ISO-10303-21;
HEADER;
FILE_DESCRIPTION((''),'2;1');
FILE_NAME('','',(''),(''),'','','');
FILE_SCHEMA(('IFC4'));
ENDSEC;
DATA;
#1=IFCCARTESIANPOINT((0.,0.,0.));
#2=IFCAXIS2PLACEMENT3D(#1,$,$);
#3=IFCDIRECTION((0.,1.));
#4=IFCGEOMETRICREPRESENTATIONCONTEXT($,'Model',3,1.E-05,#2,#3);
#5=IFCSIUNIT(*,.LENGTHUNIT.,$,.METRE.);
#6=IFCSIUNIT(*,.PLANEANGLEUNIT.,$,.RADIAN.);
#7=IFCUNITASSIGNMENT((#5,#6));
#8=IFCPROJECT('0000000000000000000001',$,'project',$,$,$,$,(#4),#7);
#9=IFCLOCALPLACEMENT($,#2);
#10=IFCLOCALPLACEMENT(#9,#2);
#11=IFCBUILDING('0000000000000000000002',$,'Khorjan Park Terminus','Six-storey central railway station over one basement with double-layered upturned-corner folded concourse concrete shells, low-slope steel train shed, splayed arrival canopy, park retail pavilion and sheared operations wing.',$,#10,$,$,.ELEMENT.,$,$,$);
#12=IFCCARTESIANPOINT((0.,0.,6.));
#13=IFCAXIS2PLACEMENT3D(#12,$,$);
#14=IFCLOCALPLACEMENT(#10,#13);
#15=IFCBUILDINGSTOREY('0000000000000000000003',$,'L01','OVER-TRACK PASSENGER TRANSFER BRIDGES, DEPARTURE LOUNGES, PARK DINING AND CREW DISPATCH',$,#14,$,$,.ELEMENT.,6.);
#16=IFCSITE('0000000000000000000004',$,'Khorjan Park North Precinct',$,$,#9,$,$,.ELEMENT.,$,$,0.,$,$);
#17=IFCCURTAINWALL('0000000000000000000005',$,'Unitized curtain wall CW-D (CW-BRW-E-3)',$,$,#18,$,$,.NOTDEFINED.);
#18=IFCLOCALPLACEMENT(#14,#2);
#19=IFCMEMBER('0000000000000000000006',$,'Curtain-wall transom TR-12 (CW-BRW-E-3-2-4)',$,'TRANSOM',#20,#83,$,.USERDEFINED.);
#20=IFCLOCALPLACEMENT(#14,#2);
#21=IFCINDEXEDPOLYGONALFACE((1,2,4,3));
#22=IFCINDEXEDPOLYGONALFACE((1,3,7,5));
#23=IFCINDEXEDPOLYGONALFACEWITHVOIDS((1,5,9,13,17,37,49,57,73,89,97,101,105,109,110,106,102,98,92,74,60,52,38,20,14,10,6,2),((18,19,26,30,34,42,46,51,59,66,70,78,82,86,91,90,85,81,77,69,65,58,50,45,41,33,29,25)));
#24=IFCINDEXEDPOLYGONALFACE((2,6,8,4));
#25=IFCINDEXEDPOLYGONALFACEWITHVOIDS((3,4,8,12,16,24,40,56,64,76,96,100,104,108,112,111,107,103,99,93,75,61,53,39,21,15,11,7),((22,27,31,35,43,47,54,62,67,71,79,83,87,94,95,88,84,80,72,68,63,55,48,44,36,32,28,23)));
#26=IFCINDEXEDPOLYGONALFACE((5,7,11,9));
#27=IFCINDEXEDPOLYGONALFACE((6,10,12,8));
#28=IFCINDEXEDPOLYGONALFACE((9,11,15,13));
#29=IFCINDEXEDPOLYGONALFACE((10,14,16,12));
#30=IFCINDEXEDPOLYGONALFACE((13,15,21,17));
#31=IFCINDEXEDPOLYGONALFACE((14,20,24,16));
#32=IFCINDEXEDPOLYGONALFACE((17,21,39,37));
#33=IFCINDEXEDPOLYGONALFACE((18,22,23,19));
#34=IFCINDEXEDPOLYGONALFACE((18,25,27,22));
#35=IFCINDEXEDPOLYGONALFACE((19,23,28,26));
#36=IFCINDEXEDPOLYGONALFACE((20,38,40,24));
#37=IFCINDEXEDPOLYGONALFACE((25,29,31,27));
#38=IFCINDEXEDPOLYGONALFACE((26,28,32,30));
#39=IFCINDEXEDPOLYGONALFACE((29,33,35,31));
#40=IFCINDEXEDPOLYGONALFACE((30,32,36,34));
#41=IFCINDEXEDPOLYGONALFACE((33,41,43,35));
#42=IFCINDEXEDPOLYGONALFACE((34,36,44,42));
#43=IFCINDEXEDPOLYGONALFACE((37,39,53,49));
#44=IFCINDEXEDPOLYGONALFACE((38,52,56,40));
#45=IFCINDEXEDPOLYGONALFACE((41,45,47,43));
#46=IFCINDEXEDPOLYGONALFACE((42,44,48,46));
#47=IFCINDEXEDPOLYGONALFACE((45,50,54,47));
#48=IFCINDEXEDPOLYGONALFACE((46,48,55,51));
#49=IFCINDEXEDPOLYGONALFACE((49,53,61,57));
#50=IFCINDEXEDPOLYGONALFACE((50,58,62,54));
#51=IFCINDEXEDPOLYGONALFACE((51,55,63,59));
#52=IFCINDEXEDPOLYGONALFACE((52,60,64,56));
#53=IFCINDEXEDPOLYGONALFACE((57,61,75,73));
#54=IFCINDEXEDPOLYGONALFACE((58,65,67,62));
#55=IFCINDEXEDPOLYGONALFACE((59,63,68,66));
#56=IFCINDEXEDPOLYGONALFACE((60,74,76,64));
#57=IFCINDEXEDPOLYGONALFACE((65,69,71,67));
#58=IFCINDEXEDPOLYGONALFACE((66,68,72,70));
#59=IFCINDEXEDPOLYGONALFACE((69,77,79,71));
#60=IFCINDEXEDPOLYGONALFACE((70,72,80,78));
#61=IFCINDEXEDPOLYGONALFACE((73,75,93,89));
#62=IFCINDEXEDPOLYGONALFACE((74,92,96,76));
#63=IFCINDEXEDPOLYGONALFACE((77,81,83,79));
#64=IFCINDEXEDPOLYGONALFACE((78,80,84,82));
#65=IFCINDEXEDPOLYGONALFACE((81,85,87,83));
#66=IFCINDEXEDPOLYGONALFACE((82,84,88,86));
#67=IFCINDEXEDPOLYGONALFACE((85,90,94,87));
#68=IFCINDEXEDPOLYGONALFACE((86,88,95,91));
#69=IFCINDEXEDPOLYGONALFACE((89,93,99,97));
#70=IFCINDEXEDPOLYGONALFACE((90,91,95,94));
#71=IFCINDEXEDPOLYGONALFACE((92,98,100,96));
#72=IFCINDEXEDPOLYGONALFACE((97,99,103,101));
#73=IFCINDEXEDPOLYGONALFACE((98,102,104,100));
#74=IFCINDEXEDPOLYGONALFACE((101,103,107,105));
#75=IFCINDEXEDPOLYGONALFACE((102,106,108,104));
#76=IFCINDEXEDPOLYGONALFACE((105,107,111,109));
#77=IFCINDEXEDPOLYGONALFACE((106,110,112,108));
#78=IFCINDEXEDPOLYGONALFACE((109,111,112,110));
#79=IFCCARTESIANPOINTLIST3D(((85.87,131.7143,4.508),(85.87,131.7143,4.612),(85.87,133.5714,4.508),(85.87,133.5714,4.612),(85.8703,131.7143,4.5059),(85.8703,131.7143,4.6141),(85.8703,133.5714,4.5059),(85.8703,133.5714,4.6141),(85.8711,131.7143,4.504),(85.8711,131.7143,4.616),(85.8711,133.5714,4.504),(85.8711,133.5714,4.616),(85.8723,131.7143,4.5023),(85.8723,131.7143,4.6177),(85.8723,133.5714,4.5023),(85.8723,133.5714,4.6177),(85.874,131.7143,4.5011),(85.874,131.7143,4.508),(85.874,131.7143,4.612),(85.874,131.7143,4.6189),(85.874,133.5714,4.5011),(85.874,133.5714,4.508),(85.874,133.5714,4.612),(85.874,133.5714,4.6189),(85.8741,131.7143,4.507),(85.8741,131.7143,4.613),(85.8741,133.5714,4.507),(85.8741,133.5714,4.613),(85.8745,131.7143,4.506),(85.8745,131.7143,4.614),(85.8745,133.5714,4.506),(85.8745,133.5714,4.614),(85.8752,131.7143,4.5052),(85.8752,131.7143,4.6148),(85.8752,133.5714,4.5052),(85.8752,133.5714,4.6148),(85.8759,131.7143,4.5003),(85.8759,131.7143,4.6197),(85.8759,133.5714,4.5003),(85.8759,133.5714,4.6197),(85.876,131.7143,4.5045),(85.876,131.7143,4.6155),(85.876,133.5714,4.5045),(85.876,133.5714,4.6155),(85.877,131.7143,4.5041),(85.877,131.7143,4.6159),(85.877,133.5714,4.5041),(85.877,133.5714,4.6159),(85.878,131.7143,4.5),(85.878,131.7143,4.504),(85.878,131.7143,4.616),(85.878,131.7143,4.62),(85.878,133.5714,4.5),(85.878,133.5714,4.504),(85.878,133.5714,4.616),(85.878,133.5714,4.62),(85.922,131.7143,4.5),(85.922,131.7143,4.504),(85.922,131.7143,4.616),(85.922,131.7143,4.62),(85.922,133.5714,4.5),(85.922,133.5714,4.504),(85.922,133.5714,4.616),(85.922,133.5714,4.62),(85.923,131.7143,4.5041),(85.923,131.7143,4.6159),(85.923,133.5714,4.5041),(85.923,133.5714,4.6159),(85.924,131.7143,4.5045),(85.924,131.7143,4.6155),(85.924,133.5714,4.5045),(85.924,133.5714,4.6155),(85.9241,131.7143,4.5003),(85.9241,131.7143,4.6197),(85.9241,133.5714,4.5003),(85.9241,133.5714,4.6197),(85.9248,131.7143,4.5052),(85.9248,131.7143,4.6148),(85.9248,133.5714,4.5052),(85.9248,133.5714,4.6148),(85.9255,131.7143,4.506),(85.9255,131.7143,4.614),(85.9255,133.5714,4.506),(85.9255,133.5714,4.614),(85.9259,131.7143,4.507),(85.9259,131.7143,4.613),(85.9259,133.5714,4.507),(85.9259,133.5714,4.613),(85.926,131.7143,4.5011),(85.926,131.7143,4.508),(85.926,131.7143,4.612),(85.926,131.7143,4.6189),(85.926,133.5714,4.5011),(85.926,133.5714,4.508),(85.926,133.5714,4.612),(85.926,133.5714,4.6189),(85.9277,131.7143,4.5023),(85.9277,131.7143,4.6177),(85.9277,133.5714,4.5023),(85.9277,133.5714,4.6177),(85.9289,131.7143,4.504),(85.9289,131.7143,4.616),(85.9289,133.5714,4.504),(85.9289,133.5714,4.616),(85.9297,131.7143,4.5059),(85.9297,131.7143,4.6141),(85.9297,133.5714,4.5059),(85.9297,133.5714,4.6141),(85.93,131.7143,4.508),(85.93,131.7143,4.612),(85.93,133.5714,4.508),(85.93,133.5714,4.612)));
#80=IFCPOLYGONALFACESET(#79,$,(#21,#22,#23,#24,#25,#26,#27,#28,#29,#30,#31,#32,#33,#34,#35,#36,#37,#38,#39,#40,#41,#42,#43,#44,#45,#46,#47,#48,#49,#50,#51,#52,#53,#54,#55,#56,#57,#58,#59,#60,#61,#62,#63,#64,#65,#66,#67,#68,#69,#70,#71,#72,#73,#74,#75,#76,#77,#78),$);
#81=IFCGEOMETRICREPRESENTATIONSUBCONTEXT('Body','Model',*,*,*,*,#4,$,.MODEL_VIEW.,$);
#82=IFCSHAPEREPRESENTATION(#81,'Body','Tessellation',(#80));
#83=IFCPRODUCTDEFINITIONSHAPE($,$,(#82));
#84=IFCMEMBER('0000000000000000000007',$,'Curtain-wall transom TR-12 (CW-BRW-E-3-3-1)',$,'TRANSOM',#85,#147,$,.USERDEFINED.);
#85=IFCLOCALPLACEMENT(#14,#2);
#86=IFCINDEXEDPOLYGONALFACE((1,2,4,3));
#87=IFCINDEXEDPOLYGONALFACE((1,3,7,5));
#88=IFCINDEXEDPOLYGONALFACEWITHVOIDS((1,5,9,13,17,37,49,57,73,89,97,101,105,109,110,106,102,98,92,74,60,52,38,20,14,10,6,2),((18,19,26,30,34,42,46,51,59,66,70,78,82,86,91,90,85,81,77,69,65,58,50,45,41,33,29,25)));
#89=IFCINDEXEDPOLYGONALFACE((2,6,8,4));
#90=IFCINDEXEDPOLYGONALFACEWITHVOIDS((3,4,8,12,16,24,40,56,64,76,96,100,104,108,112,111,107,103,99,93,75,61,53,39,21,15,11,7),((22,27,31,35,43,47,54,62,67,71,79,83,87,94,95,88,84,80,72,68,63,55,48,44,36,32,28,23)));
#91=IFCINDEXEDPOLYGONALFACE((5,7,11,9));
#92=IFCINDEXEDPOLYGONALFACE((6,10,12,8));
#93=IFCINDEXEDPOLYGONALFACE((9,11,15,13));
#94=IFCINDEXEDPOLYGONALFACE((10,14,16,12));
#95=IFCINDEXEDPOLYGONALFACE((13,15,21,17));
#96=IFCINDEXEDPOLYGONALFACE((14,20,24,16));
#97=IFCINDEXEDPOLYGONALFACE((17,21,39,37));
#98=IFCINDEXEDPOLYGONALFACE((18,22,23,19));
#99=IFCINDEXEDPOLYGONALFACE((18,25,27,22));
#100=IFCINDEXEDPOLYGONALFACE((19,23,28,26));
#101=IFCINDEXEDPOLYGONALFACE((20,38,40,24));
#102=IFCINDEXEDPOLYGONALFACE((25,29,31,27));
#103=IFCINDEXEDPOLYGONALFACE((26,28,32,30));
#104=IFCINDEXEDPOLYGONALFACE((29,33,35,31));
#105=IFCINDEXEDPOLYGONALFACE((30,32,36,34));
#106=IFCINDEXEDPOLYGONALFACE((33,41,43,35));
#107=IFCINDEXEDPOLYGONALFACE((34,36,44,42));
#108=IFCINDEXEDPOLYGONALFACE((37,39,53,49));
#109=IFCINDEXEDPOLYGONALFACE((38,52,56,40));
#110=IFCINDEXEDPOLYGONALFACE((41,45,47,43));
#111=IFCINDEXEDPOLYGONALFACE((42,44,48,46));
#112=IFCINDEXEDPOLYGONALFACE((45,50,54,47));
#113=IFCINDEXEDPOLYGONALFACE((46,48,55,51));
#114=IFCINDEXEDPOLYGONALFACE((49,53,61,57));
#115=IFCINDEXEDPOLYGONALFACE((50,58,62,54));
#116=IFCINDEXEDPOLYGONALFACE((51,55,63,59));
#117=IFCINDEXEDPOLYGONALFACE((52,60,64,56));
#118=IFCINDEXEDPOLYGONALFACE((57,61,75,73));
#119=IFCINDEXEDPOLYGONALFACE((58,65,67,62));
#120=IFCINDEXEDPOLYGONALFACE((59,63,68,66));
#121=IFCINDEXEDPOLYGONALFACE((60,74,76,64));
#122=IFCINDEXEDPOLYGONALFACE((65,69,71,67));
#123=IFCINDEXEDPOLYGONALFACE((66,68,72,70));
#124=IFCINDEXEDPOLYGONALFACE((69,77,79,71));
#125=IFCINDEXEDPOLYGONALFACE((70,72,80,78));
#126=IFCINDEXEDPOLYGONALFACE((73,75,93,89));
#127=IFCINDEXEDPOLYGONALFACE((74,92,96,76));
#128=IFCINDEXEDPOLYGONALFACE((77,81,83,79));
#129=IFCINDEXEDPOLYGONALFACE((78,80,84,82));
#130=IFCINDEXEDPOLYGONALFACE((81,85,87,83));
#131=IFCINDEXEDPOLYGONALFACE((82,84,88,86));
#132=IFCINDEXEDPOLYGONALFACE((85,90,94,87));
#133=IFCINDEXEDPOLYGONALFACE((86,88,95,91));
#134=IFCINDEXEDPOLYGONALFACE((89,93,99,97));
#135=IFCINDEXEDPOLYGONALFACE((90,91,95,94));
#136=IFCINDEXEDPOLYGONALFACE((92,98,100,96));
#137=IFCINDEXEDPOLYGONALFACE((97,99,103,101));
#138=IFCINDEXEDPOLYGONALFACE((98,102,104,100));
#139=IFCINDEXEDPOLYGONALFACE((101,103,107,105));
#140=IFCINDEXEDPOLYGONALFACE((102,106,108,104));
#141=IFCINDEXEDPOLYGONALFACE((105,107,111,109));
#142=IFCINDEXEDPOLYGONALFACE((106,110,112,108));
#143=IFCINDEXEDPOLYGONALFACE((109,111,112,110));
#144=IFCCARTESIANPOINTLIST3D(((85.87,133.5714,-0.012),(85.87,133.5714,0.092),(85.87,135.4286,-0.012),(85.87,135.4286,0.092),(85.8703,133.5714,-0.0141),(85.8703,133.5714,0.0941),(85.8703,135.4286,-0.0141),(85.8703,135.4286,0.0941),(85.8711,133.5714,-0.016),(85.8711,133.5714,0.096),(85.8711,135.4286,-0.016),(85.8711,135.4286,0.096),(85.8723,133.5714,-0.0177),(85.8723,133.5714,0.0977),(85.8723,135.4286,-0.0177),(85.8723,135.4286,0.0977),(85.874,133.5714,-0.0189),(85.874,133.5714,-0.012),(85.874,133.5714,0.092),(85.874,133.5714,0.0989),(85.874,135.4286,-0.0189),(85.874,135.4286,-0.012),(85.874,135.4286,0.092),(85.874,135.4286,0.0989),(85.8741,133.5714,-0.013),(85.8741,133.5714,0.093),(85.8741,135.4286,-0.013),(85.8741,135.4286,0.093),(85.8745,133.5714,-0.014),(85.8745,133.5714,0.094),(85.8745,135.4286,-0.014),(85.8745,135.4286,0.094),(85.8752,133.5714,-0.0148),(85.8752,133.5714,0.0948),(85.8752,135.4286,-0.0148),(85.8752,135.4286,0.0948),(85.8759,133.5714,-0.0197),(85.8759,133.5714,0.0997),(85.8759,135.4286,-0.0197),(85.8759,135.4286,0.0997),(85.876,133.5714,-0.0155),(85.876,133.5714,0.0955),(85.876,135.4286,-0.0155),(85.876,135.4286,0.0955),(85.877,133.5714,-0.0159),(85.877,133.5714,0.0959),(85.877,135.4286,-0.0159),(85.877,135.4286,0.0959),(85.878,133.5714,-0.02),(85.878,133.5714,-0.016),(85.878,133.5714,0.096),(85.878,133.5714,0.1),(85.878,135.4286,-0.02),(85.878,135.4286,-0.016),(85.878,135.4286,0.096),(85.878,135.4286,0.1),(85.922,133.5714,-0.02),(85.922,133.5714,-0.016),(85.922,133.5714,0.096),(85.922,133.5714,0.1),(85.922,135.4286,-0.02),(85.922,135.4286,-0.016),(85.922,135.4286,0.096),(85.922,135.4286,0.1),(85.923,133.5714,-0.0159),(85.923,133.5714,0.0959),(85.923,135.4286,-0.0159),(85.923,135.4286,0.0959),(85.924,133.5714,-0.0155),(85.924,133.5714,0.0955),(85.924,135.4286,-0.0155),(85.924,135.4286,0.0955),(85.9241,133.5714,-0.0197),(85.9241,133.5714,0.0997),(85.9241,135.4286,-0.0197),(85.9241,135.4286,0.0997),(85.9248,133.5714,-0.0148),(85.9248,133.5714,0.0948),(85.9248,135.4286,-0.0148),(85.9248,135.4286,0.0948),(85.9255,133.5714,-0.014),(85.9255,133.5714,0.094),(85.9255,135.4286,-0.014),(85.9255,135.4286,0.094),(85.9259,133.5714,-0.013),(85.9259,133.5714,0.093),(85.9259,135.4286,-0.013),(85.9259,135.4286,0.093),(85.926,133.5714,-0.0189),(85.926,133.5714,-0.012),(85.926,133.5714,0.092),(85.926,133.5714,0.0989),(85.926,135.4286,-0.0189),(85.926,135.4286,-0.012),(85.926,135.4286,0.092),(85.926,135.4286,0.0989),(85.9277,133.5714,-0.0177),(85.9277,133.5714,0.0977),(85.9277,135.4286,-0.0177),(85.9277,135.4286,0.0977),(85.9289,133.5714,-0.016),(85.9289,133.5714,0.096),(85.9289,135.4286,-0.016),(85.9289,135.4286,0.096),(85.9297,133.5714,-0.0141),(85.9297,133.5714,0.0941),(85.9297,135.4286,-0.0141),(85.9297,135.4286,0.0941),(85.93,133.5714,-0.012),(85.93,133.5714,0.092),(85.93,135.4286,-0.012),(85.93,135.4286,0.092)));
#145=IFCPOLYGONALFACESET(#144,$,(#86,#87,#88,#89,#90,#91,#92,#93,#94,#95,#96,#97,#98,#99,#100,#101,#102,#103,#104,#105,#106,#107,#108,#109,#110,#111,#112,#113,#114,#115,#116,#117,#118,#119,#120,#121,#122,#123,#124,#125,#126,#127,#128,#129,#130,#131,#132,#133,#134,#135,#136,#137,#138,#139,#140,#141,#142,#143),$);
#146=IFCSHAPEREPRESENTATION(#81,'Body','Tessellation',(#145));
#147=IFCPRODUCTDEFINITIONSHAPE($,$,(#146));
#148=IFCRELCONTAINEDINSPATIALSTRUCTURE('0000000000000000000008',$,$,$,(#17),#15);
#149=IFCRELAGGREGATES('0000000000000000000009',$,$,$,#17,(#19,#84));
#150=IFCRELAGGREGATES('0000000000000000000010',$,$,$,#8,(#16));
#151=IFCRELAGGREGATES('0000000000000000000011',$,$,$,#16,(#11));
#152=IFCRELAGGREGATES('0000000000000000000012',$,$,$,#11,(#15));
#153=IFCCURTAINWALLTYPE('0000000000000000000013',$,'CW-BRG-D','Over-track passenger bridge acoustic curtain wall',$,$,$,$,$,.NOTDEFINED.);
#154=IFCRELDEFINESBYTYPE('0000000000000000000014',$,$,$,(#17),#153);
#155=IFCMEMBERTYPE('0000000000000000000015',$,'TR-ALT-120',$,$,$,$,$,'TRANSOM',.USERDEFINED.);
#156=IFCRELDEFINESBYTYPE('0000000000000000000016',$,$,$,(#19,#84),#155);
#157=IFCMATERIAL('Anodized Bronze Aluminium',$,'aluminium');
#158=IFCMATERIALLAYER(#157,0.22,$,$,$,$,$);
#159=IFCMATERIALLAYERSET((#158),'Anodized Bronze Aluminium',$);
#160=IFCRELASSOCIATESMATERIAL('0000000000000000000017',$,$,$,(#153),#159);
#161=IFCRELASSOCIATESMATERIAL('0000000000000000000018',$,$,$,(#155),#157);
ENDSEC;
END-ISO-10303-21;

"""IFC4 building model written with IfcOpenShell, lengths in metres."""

from ifc_helpers import new_model, si_unit, direction, frame, origin, origin_2d, place, context, subcontext, project, spatial, hollow_rectangle, extrude, material, layer, layer_set, material_profile, profile_set, type_object, element, aggregate, save


model = new_model("IFC4")

# Units and contexts
model_context = context("Model", 3, precision=1e-05, world=origin(), true_north=direction((0.0, 1.0)))
body_context = subcontext(model_context, "Body", "Model", "MODEL_VIEW")
ifc_project = project(units=[si_unit("LENGTHUNIT", "METRE"), si_unit("PLANEANGLEUNIT", "RADIAN")], contexts=[model_context])

# Site, building, storey
site_placement = place(None, origin())
site = spatial("IfcSite", under=ifc_project, at=site_placement, Name="Khorjan Park North Precinct", CompositionType="ELEMENT", RefElevation=0.0)
building_placement = place(site_placement, origin())
building = spatial("IfcBuilding", under=site, at=building_placement, Name="Khorjan Park Terminus", Description="Six-storey central railway station over one basement with double-layered upturned-corner folded concourse concrete shells, low-slope steel train shed, splayed arrival canopy, park retail pavilion and sheared operations wing.", CompositionType="ELEMENT")
storey_placement = place(building_placement, frame((0.0, 0.0, 6.0)))
storey = spatial("IfcBuildingStorey", under=building, at=storey_placement, Name="L01", Description="OVER-TRACK PASSENGER TRANSFER BRIDGES, DEPARTURE LOUNGES, PARK DINING AND CREW DISPATCH", CompositionType="ELEMENT", Elevation=6.0)

# Shared definitions
ifc_material_1 = material(Name="Anodized Bronze Aluminium", Category="aluminium")
ifc_layer_1 = layer(ifc_material_1, 0.22)
ifc_layer_set_1 = layer_set([ifc_layer_1], Name="Anodized Bronze Aluminium")
curtain_wall_type = type_object("IfcCurtainWallType", Name="CW-BRG-D", Description="Over-track passenger bridge acoustic curtain wall", PredefinedType="NOTDEFINED", material=ifc_layer_set_1)

# Curtain wall
curtain_wall_1_placement = place(storey_placement, origin())
curtain_wall_1 = element("IfcCurtainWall", 1, at=curtain_wall_1_placement, inside=storey, type_object=curtain_wall_type, Name="Unitized curtain wall CW-D (CW-BRW-E-3)", PredefinedType="NOTDEFINED")

# Members
ifc_material_profile_1 = material_profile(ifc_material_1, hollow_rectangle(XDim=0.06, YDim=0.12, WallThickness=0.004, InnerFilletRadius=0.004, OuterFilletRadius=0.008, at=origin_2d()), Name="ALT 60x120x4")
ifc_profile_set_1 = profile_set([ifc_material_profile_1], Name="Anodized Bronze Aluminium")
member_type_1 = type_object("IfcMemberType", Name="TR-ALT-120", ElementType="TRANSOM", PredefinedType="USERDEFINED", material=ifc_profile_set_1)
member_1_placement = place(storey_placement, frame((85.9, 131.7143, 4.56), z_axis=(0.0, 1.0, 0.0), x_axis=(-1.0, 0.0, 0.0)))
member_1 = element("IfcMember", 2, at=member_1_placement, type_object=member_type_1, Name="Curtain-wall transom TR-12 (CW-BRW-E-3-2-4)", ObjectType="TRANSOM", PredefinedType="USERDEFINED", context=body_context, shape_type="SweptSolid", body=[
    extrude(hollow_rectangle(XDim=0.06, YDim=0.12, WallThickness=0.004, InnerFilletRadius=0.004, OuterFilletRadius=0.008, at=origin_2d()), origin(), (0.0, 0.0, 1.0), 1.8571),
])
member_2_placement = place(storey_placement, frame((85.9, 133.5714, 0.04), z_axis=(0.0, 1.0, 0.0), x_axis=(-1.0, 0.0, 0.0)))
member_2 = element("IfcMember", 3, at=member_2_placement, type_object=member_type_1, Name="Curtain-wall transom TR-12 (CW-BRW-E-3-3-1)", ObjectType="TRANSOM", PredefinedType="USERDEFINED", context=body_context, shape_type="SweptSolid", body=[
    extrude(hollow_rectangle(XDim=0.06, YDim=0.12, WallThickness=0.004, InnerFilletRadius=0.004, OuterFilletRadius=0.008, at=origin_2d()), origin(), (0.0, 0.0, 1.0), 1.8572),
])

aggregate(curtain_wall_1, [member_1, member_2])

save(model, "model.ifc")
